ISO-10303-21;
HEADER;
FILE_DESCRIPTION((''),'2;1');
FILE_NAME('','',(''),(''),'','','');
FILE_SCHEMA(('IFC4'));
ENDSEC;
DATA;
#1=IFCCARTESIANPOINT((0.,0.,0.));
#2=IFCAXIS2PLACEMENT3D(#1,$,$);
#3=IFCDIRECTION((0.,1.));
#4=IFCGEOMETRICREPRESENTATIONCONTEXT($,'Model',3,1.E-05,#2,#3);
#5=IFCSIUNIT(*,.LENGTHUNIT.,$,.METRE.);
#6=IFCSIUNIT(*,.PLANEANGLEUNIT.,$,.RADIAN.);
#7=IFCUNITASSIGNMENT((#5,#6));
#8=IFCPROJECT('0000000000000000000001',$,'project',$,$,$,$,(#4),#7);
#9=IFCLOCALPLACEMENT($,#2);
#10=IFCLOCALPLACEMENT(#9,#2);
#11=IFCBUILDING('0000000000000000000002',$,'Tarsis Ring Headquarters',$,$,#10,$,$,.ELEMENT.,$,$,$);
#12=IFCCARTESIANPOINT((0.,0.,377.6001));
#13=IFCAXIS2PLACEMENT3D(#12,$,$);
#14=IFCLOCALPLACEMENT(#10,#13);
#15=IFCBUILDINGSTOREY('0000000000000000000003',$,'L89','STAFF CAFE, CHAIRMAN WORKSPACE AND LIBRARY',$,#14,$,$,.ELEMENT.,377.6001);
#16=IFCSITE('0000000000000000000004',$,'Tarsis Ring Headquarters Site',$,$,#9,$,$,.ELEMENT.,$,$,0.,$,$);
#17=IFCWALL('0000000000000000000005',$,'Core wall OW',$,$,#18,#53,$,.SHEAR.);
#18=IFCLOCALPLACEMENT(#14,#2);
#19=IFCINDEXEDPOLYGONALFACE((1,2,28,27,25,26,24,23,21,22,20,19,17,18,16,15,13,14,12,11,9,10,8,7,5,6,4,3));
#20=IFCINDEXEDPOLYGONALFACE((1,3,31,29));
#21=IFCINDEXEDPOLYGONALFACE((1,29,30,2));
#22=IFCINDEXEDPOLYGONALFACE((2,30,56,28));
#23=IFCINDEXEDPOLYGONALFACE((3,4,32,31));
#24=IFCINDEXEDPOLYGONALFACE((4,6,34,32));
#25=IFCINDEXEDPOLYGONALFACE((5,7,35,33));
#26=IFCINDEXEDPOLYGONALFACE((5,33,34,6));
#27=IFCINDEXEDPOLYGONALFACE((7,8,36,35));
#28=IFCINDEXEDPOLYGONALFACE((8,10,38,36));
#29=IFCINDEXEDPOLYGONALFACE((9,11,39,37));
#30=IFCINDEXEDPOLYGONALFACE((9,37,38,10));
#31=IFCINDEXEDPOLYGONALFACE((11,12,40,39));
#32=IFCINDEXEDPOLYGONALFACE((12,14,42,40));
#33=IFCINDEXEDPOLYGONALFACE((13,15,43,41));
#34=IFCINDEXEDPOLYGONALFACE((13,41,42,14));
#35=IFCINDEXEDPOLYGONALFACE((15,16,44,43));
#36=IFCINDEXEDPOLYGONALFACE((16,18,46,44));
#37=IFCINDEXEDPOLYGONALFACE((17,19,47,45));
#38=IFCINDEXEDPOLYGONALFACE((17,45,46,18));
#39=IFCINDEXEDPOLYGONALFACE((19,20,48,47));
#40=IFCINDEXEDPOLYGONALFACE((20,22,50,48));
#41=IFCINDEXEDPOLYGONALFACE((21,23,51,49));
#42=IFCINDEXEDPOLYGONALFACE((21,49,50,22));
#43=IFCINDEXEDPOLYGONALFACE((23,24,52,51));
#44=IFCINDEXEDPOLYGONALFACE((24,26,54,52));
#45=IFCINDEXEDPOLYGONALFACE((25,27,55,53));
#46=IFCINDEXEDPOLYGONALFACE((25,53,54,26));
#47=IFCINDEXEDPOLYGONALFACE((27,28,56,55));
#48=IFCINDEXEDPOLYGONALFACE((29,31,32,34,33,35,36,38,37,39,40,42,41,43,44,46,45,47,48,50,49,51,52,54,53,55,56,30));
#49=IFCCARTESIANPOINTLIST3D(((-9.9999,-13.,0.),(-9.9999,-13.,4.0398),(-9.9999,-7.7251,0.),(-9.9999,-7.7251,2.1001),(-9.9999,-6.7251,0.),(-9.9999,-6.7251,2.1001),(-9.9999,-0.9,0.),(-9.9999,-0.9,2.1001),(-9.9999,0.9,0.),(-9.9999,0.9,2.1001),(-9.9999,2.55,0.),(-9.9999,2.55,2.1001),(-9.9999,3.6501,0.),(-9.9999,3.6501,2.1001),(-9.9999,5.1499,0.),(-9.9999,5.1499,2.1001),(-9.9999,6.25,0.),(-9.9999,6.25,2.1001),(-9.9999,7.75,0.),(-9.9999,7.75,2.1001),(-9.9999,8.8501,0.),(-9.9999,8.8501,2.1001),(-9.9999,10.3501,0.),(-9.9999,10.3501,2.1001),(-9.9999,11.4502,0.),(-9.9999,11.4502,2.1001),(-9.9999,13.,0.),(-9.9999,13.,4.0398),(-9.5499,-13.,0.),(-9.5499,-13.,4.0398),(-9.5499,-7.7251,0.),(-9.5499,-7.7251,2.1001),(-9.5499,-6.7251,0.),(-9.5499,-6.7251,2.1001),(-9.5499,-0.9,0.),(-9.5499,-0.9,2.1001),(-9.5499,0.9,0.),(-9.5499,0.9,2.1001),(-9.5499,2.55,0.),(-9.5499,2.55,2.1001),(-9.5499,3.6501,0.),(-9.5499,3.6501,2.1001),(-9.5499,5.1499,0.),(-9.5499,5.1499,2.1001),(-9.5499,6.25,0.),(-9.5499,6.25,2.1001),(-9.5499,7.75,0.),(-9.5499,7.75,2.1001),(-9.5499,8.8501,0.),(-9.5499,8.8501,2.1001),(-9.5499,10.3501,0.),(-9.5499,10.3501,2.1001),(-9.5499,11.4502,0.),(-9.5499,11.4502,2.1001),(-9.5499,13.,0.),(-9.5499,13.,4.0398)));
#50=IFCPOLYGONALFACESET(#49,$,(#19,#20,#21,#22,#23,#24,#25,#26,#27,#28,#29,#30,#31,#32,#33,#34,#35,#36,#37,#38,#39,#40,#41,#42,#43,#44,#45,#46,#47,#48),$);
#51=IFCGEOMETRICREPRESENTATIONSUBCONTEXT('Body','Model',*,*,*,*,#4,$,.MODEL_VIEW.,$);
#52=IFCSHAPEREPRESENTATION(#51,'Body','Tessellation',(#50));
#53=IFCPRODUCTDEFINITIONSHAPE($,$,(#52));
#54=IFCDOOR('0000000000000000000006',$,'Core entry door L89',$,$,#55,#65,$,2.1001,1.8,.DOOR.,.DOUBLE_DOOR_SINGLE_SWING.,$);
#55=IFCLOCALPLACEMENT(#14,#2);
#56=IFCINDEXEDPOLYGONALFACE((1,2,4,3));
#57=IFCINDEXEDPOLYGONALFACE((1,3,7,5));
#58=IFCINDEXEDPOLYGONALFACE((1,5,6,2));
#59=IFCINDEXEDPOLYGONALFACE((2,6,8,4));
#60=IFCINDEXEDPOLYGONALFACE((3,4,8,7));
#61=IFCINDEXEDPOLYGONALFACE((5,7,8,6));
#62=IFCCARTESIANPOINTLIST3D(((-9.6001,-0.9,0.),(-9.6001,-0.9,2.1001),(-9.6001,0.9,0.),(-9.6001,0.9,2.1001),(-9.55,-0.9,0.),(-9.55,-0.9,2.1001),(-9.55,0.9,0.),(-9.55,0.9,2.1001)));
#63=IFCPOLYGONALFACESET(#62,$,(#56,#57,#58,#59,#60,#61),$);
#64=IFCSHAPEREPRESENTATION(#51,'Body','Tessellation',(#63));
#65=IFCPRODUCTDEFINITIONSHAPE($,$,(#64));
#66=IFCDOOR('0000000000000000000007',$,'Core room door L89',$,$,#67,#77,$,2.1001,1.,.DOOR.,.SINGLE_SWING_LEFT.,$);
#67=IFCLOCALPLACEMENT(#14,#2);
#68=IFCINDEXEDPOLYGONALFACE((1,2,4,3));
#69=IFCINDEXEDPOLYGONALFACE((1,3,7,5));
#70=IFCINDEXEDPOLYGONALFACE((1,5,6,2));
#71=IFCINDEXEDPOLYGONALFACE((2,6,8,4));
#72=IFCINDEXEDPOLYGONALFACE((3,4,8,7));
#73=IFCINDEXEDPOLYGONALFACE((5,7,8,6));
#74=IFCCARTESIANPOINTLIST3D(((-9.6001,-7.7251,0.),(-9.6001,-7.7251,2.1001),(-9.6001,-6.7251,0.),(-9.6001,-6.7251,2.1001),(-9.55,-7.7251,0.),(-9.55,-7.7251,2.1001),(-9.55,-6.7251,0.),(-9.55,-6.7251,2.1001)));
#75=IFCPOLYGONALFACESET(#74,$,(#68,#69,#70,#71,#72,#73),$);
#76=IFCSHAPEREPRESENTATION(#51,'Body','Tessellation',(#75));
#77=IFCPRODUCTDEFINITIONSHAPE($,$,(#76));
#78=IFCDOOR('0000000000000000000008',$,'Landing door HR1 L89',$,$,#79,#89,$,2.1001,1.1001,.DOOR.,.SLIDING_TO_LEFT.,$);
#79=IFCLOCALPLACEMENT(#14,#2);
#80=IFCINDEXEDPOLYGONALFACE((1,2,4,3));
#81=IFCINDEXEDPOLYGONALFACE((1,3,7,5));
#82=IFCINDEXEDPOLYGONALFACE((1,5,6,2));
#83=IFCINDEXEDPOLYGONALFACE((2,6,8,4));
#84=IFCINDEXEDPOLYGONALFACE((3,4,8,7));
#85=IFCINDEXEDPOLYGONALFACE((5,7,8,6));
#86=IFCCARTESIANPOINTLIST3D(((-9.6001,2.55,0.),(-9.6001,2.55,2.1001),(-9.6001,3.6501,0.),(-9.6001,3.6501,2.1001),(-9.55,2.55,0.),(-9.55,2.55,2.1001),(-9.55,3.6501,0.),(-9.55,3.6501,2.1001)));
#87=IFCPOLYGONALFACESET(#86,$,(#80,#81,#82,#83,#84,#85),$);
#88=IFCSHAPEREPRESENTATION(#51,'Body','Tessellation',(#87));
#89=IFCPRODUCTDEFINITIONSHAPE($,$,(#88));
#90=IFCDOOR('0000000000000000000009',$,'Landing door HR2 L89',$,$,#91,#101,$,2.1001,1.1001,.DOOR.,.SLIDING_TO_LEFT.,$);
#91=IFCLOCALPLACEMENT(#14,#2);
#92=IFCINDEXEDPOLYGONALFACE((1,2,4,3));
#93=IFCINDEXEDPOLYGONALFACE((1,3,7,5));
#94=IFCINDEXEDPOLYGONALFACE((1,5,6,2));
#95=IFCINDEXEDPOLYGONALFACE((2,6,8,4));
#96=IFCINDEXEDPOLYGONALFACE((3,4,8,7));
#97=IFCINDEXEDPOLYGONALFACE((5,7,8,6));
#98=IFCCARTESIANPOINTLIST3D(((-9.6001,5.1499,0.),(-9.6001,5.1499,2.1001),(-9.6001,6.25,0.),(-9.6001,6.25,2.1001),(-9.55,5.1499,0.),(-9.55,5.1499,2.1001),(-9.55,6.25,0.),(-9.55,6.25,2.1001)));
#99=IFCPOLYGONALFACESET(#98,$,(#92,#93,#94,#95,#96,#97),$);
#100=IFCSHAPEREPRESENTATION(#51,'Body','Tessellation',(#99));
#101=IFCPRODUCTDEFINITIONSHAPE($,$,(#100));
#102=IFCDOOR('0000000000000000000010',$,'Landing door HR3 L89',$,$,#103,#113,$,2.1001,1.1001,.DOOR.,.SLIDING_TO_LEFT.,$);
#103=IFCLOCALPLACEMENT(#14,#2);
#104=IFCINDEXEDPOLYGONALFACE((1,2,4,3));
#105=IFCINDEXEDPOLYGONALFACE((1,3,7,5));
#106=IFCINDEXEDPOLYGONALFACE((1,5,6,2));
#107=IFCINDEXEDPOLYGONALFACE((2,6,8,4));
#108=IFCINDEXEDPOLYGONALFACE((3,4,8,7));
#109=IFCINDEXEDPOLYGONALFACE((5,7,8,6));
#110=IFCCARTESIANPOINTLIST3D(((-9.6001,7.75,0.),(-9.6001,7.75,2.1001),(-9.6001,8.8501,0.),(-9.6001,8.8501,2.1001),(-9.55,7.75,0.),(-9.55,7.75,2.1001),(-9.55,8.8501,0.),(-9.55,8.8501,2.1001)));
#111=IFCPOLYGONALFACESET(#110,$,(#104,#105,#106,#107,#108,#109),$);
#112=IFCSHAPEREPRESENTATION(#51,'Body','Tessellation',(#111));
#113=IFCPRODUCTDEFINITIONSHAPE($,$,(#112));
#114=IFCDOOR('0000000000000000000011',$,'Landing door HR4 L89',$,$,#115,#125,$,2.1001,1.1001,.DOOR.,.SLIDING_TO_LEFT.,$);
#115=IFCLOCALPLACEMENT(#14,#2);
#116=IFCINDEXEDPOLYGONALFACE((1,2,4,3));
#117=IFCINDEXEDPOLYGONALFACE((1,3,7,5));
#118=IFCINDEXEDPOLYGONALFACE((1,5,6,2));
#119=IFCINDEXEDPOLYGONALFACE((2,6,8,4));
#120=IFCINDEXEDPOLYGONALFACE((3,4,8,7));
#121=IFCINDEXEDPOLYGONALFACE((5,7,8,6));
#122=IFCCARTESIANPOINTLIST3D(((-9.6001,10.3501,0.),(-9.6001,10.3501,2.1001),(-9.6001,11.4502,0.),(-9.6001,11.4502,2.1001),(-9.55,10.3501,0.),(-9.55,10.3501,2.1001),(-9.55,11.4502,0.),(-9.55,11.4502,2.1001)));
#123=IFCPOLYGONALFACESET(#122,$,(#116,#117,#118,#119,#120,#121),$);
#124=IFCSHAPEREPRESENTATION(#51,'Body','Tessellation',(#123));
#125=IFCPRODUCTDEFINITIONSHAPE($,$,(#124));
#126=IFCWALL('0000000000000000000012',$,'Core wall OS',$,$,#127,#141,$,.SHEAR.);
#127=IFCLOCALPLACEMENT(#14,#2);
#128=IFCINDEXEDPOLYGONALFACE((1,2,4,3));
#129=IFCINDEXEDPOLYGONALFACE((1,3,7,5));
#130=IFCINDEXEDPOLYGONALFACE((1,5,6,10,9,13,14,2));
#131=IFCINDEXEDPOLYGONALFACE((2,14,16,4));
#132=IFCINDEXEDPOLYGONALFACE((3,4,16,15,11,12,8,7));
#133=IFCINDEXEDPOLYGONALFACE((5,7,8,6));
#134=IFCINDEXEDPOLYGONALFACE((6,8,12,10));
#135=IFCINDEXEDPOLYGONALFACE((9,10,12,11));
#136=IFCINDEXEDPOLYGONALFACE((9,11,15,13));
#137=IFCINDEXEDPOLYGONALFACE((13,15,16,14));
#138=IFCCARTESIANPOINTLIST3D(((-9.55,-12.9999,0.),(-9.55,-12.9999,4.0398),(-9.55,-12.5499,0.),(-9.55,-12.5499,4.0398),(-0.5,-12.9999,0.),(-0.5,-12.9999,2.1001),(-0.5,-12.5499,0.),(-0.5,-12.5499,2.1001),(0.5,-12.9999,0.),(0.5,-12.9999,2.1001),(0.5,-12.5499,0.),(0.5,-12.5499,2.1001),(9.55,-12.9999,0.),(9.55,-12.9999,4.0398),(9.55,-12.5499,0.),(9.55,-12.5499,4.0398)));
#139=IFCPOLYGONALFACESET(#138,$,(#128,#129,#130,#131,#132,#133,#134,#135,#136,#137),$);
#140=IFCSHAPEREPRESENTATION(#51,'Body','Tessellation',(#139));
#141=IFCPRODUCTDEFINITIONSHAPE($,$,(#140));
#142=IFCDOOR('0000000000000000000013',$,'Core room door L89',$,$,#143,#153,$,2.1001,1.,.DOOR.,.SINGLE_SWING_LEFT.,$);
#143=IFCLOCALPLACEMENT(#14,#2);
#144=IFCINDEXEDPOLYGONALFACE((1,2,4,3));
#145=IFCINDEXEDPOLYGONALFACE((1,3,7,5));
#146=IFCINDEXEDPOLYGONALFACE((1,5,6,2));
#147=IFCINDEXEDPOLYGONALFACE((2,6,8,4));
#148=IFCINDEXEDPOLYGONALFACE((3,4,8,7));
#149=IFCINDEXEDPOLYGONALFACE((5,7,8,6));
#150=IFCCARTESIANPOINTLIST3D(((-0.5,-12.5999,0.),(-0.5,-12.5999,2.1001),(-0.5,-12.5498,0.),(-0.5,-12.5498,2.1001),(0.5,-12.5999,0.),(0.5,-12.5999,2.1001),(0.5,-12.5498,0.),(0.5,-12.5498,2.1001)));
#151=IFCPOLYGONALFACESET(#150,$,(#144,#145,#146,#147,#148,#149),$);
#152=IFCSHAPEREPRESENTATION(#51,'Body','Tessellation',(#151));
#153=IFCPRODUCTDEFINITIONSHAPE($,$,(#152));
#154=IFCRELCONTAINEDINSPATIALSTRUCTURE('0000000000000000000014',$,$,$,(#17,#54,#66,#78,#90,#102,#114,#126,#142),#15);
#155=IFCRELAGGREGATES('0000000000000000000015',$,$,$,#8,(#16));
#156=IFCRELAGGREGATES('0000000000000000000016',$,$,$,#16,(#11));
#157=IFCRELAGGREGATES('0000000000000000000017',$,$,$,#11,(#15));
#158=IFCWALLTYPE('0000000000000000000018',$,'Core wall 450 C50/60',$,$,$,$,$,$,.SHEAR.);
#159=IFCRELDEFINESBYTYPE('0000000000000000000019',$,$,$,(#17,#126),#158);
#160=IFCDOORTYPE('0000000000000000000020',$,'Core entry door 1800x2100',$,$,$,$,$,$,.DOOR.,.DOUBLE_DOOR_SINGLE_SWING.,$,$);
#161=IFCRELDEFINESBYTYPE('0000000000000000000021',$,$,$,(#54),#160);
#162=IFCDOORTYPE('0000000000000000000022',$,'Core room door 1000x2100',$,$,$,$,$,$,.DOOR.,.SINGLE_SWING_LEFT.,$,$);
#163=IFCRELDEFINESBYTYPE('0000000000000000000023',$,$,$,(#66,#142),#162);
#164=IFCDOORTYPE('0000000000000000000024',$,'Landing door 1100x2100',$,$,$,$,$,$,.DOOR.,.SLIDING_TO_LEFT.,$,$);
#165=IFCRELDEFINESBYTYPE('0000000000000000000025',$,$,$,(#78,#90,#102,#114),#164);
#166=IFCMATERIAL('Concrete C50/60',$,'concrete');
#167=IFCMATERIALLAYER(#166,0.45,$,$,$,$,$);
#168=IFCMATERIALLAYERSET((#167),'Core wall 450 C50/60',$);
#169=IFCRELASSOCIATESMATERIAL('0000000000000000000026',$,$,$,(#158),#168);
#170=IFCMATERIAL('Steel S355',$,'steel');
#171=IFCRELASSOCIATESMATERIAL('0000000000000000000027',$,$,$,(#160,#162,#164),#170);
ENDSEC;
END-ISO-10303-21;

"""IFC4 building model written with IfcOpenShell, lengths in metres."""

from ifc_helpers import new_model, si_unit, direction, frame, frame_2d, origin, place, context, subcontext, project, spatial, rectangle, extrude, material, layer, layer_set, type_object, element, fill, save


model = new_model("IFC4")

# Units and contexts
model_context = context("Model", 3, precision=1e-05, world=origin(), true_north=direction((0.0, 1.0)))
body_context = subcontext(model_context, "Body", "Model", "MODEL_VIEW")
ifc_project = project(units=[si_unit("LENGTHUNIT", "METRE"), si_unit("PLANEANGLEUNIT", "RADIAN")], contexts=[model_context])

# Site, building, storey
site_placement = place(None, origin())
site = spatial("IfcSite", under=ifc_project, at=site_placement, Name="Tarsis Ring Headquarters Site", CompositionType="ELEMENT", RefElevation=0.0)
building_placement = place(site_placement, origin())
building = spatial("IfcBuilding", under=site, at=building_placement, Name="Tarsis Ring Headquarters", CompositionType="ELEMENT")
storey_placement = place(building_placement, frame((0.0, 0.0, 377.6001)))
storey = spatial("IfcBuildingStorey", under=building, at=storey_placement, Name="L89", Description="STAFF CAFE, CHAIRMAN WORKSPACE AND LIBRARY", CompositionType="ELEMENT", Elevation=377.6001)

# Wall, openings, doors
ifc_material_1 = material(Name="Concrete C50/60", Category="concrete")
ifc_layer_1 = layer(ifc_material_1, 0.45)
ifc_layer_set_1 = layer_set([ifc_layer_1], Name="Core wall 450 C50/60")
wall_type_1 = type_object("IfcWallType", Name="Core wall 450 C50/60", PredefinedType="SHEAR", material=ifc_layer_set_1)
wall_1_placement = place(storey_placement, frame((-9.7749, -13.0, 0.0), z_axis=(0.0, 0.0, 1.0), x_axis=(0.0, 1.0, 0.0)))
wall_1 = element("IfcWall", 1, at=wall_1_placement, inside=storey, type_object=wall_type_1, Name="Core wall OW", PredefinedType="SHEAR", context=body_context, shape_type="SweptSolid", body=[
    extrude(rectangle(XDim=26.0, YDim=0.45, at=frame_2d((13.0, 0.0))), origin(), (0.0, 0.0, 1.0), 4.0398),
])
opening_1_placement = place(wall_1_placement, frame((5.2749, 0.0, 0.0)))
opening_1 = element("IfcOpeningElement", 2, at=opening_1_placement, cuts=wall_1, PredefinedType="OPENING", context=body_context, shape_type="SweptSolid", body=[
    extrude(rectangle(XDim=1.0, YDim=2.1001, at=frame_2d((0.5, 1.05))), frame((0.0, 0.2349, 0.0), z_axis=(0.0, -1.0, 0.0), x_axis=(1.0, 0.0, 0.0)), (0.0, 0.0, 1.0), 0.47),
])
opening_2_placement = place(wall_1_placement, frame((12.1001, 0.0, 0.0)))
opening_2 = element("IfcOpeningElement", 3, at=opening_2_placement, cuts=wall_1, PredefinedType="OPENING", context=body_context, shape_type="SweptSolid", body=[
    extrude(rectangle(XDim=1.8, YDim=2.1001, at=frame_2d((0.8999, 1.05))), frame((0.0, 0.2349, 0.0), z_axis=(0.0, -1.0, 0.0), x_axis=(1.0, 0.0, 0.0)), (0.0, 0.0, 1.0), 0.47),
])
opening_3_placement = place(wall_1_placement, frame((15.55, 0.0, 0.0)))
opening_3 = element("IfcOpeningElement", 4, at=opening_3_placement, cuts=wall_1, PredefinedType="OPENING", context=body_context, shape_type="SweptSolid", body=[
    extrude(rectangle(XDim=1.1001, YDim=2.1001, at=frame_2d((0.55, 1.05))), frame((0.0, 0.2349, 0.0), z_axis=(0.0, -1.0, 0.0), x_axis=(1.0, 0.0, 0.0)), (0.0, 0.0, 1.0), 0.47),
])
opening_4_placement = place(wall_1_placement, frame((18.1499, 0.0, 0.0)))
opening_4 = element("IfcOpeningElement", 5, at=opening_4_placement, cuts=wall_1, PredefinedType="OPENING", context=body_context, shape_type="SweptSolid", body=[
    extrude(rectangle(XDim=1.1001, YDim=2.1001, at=frame_2d((0.55, 1.05))), frame((0.0, 0.2349, 0.0), z_axis=(0.0, -1.0, 0.0), x_axis=(1.0, 0.0, 0.0)), (0.0, 0.0, 1.0), 0.47),
])
opening_5_placement = place(wall_1_placement, frame((20.75, 0.0, 0.0)))
opening_5 = element("IfcOpeningElement", 6, at=opening_5_placement, cuts=wall_1, PredefinedType="OPENING", context=body_context, shape_type="SweptSolid", body=[
    extrude(rectangle(XDim=1.1001, YDim=2.1001, at=frame_2d((0.55, 1.05))), frame((0.0, 0.2349, 0.0), z_axis=(0.0, -1.0, 0.0), x_axis=(1.0, 0.0, 0.0)), (0.0, 0.0, 1.0), 0.47),
])
opening_6_placement = place(wall_1_placement, frame((23.3501, 0.0, 0.0)))
opening_6 = element("IfcOpeningElement", 7, at=opening_6_placement, cuts=wall_1, PredefinedType="OPENING", context=body_context, shape_type="SweptSolid", body=[
    extrude(rectangle(XDim=1.1001, YDim=2.1001, at=frame_2d((0.55, 1.05))), frame((0.0, 0.2349, 0.0), z_axis=(0.0, -1.0, 0.0), x_axis=(1.0, 0.0, 0.0)), (0.0, 0.0, 1.0), 0.47),
])
ifc_material_2 = material(Name="Steel S355", Category="steel")
door_type_1 = type_object("IfcDoorType", Name="Core entry door 1800x2100", OperationType="DOUBLE_DOOR_SINGLE_SWING", PredefinedType="DOOR", material=ifc_material_2)
door_1_placement = place(opening_2_placement, origin())
door_1 = element("IfcDoor", 8, at=door_1_placement, inside=storey, type_object=door_type_1, Name="Core entry door L89", OperationType="DOUBLE_DOOR_SINGLE_SWING", OverallHeight=2.1001, OverallWidth=1.8, PredefinedType="DOOR", context=body_context, shape_type="SweptSolid", body=[
    extrude(rectangle(XDim=1.8, YDim=2.1001, at=frame_2d((0.8999, 1.05))), frame((0.0, -0.1748, 0.0), z_axis=(0.0, -1.0, 0.0), x_axis=(1.0, 0.0, 0.0)), (0.0, 0.0, 1.0), 0.05),
])
fill(opening_2, door_1)
door_type_2 = type_object("IfcDoorType", Name="Core room door 1000x2100", OperationType="SINGLE_SWING_LEFT", PredefinedType="DOOR", material=ifc_material_2)
door_2_placement = place(opening_1_placement, origin())
door_2 = element("IfcDoor", 9, at=door_2_placement, inside=storey, type_object=door_type_2, Name="Core room door L89", OperationType="SINGLE_SWING_LEFT", OverallHeight=2.1001, OverallWidth=1.0, PredefinedType="DOOR", context=body_context, shape_type="SweptSolid", body=[
    extrude(rectangle(XDim=1.0, YDim=2.1001, at=frame_2d((0.5, 1.05))), frame((0.0, -0.1748, 0.0), z_axis=(0.0, -1.0, 0.0), x_axis=(1.0, 0.0, 0.0)), (0.0, 0.0, 1.0), 0.05),
])
fill(opening_1, door_2)
door_type_3 = type_object("IfcDoorType", Name="Landing door 1100x2100", OperationType="SLIDING_TO_LEFT", PredefinedType="DOOR", material=ifc_material_2)
door_3_placement = place(opening_3_placement, origin())
door_3 = element("IfcDoor", 10, at=door_3_placement, inside=storey, type_object=door_type_3, Name="Landing door HR1 L89", OperationType="SLIDING_TO_LEFT", OverallHeight=2.1001, OverallWidth=1.1001, PredefinedType="DOOR", context=body_context, shape_type="SweptSolid", body=[
    extrude(rectangle(XDim=1.1001, YDim=2.1001, at=frame_2d((0.55, 1.05))), frame((0.0, -0.1748, 0.0), z_axis=(0.0, -1.0, 0.0), x_axis=(1.0, 0.0, 0.0)), (0.0, 0.0, 1.0), 0.05),
])
fill(opening_3, door_3)
door_4_placement = place(opening_4_placement, origin())
door_4 = element("IfcDoor", 11, at=door_4_placement, inside=storey, type_object=door_type_3, Name="Landing door HR2 L89", OperationType="SLIDING_TO_LEFT", OverallHeight=2.1001, OverallWidth=1.1001, PredefinedType="DOOR", context=body_context, shape_type="SweptSolid", body=[
    extrude(rectangle(XDim=1.1001, YDim=2.1001, at=frame_2d((0.55, 1.05))), frame((0.0, -0.1748, 0.0), z_axis=(0.0, -1.0, 0.0), x_axis=(1.0, 0.0, 0.0)), (0.0, 0.0, 1.0), 0.05),
])
fill(opening_4, door_4)
door_5_placement = place(opening_5_placement, origin())
door_5 = element("IfcDoor", 12, at=door_5_placement, inside=storey, type_object=door_type_3, Name="Landing door HR3 L89", OperationType="SLIDING_TO_LEFT", OverallHeight=2.1001, OverallWidth=1.1001, PredefinedType="DOOR", context=body_context, shape_type="SweptSolid", body=[
    extrude(rectangle(XDim=1.1001, YDim=2.1001, at=frame_2d((0.55, 1.05))), frame((0.0, -0.1748, 0.0), z_axis=(0.0, -1.0, 0.0), x_axis=(1.0, 0.0, 0.0)), (0.0, 0.0, 1.0), 0.05),
])
fill(opening_5, door_5)
door_6_placement = place(opening_6_placement, origin())
door_6 = element("IfcDoor", 13, at=door_6_placement, inside=storey, type_object=door_type_3, Name="Landing door HR4 L89", OperationType="SLIDING_TO_LEFT", OverallHeight=2.1001, OverallWidth=1.1001, PredefinedType="DOOR", context=body_context, shape_type="SweptSolid", body=[
    extrude(rectangle(XDim=1.1001, YDim=2.1001, at=frame_2d((0.55, 1.05))), frame((0.0, -0.1748, 0.0), z_axis=(0.0, -1.0, 0.0), x_axis=(1.0, 0.0, 0.0)), (0.0, 0.0, 1.0), 0.05),
])
fill(opening_6, door_6)

# Wall, opening, door
wall_2_placement = place(storey_placement, frame((-9.55, -12.7749, 0.0), z_axis=(0.0, 0.0, 1.0), x_axis=(1.0, 0.0, 0.0)))
wall_2 = element("IfcWall", 14, at=wall_2_placement, inside=storey, type_object=wall_type_1, Name="Core wall OS", PredefinedType="SHEAR", context=body_context, shape_type="SweptSolid", body=[
    extrude(rectangle(XDim=19.1001, YDim=0.45, at=frame_2d((9.55, 0.0))), origin(), (0.0, 0.0, 1.0), 4.0398),
])
opening_7_placement = place(wall_2_placement, frame((9.05, 0.0, 0.0)))
opening_7 = element("IfcOpeningElement", 15, at=opening_7_placement, cuts=wall_2, PredefinedType="OPENING", context=body_context, shape_type="SweptSolid", body=[
    extrude(rectangle(XDim=1.0, YDim=2.1001, at=frame_2d((0.5, 1.05))), frame((0.0, 0.2349, 0.0), z_axis=(0.0, -1.0, 0.0), x_axis=(1.0, 0.0, 0.0)), (0.0, 0.0, 1.0), 0.47),
])
door_7_placement = place(opening_7_placement, origin())
door_7 = element("IfcDoor", 16, at=door_7_placement, inside=storey, type_object=door_type_2, Name="Core room door L89", OperationType="SINGLE_SWING_LEFT", OverallHeight=2.1001, OverallWidth=1.0, PredefinedType="DOOR", context=body_context, shape_type="SweptSolid", body=[
    extrude(rectangle(XDim=1.0, YDim=2.1001, at=frame_2d((0.5, 1.05))), frame((0.0, 0.2251, 0.0), z_axis=(0.0, -1.0, 0.0), x_axis=(1.0, 0.0, 0.0)), (0.0, 0.0, 1.0), 0.05),
])
fill(opening_7, door_7)

save(model, "model.ifc")
